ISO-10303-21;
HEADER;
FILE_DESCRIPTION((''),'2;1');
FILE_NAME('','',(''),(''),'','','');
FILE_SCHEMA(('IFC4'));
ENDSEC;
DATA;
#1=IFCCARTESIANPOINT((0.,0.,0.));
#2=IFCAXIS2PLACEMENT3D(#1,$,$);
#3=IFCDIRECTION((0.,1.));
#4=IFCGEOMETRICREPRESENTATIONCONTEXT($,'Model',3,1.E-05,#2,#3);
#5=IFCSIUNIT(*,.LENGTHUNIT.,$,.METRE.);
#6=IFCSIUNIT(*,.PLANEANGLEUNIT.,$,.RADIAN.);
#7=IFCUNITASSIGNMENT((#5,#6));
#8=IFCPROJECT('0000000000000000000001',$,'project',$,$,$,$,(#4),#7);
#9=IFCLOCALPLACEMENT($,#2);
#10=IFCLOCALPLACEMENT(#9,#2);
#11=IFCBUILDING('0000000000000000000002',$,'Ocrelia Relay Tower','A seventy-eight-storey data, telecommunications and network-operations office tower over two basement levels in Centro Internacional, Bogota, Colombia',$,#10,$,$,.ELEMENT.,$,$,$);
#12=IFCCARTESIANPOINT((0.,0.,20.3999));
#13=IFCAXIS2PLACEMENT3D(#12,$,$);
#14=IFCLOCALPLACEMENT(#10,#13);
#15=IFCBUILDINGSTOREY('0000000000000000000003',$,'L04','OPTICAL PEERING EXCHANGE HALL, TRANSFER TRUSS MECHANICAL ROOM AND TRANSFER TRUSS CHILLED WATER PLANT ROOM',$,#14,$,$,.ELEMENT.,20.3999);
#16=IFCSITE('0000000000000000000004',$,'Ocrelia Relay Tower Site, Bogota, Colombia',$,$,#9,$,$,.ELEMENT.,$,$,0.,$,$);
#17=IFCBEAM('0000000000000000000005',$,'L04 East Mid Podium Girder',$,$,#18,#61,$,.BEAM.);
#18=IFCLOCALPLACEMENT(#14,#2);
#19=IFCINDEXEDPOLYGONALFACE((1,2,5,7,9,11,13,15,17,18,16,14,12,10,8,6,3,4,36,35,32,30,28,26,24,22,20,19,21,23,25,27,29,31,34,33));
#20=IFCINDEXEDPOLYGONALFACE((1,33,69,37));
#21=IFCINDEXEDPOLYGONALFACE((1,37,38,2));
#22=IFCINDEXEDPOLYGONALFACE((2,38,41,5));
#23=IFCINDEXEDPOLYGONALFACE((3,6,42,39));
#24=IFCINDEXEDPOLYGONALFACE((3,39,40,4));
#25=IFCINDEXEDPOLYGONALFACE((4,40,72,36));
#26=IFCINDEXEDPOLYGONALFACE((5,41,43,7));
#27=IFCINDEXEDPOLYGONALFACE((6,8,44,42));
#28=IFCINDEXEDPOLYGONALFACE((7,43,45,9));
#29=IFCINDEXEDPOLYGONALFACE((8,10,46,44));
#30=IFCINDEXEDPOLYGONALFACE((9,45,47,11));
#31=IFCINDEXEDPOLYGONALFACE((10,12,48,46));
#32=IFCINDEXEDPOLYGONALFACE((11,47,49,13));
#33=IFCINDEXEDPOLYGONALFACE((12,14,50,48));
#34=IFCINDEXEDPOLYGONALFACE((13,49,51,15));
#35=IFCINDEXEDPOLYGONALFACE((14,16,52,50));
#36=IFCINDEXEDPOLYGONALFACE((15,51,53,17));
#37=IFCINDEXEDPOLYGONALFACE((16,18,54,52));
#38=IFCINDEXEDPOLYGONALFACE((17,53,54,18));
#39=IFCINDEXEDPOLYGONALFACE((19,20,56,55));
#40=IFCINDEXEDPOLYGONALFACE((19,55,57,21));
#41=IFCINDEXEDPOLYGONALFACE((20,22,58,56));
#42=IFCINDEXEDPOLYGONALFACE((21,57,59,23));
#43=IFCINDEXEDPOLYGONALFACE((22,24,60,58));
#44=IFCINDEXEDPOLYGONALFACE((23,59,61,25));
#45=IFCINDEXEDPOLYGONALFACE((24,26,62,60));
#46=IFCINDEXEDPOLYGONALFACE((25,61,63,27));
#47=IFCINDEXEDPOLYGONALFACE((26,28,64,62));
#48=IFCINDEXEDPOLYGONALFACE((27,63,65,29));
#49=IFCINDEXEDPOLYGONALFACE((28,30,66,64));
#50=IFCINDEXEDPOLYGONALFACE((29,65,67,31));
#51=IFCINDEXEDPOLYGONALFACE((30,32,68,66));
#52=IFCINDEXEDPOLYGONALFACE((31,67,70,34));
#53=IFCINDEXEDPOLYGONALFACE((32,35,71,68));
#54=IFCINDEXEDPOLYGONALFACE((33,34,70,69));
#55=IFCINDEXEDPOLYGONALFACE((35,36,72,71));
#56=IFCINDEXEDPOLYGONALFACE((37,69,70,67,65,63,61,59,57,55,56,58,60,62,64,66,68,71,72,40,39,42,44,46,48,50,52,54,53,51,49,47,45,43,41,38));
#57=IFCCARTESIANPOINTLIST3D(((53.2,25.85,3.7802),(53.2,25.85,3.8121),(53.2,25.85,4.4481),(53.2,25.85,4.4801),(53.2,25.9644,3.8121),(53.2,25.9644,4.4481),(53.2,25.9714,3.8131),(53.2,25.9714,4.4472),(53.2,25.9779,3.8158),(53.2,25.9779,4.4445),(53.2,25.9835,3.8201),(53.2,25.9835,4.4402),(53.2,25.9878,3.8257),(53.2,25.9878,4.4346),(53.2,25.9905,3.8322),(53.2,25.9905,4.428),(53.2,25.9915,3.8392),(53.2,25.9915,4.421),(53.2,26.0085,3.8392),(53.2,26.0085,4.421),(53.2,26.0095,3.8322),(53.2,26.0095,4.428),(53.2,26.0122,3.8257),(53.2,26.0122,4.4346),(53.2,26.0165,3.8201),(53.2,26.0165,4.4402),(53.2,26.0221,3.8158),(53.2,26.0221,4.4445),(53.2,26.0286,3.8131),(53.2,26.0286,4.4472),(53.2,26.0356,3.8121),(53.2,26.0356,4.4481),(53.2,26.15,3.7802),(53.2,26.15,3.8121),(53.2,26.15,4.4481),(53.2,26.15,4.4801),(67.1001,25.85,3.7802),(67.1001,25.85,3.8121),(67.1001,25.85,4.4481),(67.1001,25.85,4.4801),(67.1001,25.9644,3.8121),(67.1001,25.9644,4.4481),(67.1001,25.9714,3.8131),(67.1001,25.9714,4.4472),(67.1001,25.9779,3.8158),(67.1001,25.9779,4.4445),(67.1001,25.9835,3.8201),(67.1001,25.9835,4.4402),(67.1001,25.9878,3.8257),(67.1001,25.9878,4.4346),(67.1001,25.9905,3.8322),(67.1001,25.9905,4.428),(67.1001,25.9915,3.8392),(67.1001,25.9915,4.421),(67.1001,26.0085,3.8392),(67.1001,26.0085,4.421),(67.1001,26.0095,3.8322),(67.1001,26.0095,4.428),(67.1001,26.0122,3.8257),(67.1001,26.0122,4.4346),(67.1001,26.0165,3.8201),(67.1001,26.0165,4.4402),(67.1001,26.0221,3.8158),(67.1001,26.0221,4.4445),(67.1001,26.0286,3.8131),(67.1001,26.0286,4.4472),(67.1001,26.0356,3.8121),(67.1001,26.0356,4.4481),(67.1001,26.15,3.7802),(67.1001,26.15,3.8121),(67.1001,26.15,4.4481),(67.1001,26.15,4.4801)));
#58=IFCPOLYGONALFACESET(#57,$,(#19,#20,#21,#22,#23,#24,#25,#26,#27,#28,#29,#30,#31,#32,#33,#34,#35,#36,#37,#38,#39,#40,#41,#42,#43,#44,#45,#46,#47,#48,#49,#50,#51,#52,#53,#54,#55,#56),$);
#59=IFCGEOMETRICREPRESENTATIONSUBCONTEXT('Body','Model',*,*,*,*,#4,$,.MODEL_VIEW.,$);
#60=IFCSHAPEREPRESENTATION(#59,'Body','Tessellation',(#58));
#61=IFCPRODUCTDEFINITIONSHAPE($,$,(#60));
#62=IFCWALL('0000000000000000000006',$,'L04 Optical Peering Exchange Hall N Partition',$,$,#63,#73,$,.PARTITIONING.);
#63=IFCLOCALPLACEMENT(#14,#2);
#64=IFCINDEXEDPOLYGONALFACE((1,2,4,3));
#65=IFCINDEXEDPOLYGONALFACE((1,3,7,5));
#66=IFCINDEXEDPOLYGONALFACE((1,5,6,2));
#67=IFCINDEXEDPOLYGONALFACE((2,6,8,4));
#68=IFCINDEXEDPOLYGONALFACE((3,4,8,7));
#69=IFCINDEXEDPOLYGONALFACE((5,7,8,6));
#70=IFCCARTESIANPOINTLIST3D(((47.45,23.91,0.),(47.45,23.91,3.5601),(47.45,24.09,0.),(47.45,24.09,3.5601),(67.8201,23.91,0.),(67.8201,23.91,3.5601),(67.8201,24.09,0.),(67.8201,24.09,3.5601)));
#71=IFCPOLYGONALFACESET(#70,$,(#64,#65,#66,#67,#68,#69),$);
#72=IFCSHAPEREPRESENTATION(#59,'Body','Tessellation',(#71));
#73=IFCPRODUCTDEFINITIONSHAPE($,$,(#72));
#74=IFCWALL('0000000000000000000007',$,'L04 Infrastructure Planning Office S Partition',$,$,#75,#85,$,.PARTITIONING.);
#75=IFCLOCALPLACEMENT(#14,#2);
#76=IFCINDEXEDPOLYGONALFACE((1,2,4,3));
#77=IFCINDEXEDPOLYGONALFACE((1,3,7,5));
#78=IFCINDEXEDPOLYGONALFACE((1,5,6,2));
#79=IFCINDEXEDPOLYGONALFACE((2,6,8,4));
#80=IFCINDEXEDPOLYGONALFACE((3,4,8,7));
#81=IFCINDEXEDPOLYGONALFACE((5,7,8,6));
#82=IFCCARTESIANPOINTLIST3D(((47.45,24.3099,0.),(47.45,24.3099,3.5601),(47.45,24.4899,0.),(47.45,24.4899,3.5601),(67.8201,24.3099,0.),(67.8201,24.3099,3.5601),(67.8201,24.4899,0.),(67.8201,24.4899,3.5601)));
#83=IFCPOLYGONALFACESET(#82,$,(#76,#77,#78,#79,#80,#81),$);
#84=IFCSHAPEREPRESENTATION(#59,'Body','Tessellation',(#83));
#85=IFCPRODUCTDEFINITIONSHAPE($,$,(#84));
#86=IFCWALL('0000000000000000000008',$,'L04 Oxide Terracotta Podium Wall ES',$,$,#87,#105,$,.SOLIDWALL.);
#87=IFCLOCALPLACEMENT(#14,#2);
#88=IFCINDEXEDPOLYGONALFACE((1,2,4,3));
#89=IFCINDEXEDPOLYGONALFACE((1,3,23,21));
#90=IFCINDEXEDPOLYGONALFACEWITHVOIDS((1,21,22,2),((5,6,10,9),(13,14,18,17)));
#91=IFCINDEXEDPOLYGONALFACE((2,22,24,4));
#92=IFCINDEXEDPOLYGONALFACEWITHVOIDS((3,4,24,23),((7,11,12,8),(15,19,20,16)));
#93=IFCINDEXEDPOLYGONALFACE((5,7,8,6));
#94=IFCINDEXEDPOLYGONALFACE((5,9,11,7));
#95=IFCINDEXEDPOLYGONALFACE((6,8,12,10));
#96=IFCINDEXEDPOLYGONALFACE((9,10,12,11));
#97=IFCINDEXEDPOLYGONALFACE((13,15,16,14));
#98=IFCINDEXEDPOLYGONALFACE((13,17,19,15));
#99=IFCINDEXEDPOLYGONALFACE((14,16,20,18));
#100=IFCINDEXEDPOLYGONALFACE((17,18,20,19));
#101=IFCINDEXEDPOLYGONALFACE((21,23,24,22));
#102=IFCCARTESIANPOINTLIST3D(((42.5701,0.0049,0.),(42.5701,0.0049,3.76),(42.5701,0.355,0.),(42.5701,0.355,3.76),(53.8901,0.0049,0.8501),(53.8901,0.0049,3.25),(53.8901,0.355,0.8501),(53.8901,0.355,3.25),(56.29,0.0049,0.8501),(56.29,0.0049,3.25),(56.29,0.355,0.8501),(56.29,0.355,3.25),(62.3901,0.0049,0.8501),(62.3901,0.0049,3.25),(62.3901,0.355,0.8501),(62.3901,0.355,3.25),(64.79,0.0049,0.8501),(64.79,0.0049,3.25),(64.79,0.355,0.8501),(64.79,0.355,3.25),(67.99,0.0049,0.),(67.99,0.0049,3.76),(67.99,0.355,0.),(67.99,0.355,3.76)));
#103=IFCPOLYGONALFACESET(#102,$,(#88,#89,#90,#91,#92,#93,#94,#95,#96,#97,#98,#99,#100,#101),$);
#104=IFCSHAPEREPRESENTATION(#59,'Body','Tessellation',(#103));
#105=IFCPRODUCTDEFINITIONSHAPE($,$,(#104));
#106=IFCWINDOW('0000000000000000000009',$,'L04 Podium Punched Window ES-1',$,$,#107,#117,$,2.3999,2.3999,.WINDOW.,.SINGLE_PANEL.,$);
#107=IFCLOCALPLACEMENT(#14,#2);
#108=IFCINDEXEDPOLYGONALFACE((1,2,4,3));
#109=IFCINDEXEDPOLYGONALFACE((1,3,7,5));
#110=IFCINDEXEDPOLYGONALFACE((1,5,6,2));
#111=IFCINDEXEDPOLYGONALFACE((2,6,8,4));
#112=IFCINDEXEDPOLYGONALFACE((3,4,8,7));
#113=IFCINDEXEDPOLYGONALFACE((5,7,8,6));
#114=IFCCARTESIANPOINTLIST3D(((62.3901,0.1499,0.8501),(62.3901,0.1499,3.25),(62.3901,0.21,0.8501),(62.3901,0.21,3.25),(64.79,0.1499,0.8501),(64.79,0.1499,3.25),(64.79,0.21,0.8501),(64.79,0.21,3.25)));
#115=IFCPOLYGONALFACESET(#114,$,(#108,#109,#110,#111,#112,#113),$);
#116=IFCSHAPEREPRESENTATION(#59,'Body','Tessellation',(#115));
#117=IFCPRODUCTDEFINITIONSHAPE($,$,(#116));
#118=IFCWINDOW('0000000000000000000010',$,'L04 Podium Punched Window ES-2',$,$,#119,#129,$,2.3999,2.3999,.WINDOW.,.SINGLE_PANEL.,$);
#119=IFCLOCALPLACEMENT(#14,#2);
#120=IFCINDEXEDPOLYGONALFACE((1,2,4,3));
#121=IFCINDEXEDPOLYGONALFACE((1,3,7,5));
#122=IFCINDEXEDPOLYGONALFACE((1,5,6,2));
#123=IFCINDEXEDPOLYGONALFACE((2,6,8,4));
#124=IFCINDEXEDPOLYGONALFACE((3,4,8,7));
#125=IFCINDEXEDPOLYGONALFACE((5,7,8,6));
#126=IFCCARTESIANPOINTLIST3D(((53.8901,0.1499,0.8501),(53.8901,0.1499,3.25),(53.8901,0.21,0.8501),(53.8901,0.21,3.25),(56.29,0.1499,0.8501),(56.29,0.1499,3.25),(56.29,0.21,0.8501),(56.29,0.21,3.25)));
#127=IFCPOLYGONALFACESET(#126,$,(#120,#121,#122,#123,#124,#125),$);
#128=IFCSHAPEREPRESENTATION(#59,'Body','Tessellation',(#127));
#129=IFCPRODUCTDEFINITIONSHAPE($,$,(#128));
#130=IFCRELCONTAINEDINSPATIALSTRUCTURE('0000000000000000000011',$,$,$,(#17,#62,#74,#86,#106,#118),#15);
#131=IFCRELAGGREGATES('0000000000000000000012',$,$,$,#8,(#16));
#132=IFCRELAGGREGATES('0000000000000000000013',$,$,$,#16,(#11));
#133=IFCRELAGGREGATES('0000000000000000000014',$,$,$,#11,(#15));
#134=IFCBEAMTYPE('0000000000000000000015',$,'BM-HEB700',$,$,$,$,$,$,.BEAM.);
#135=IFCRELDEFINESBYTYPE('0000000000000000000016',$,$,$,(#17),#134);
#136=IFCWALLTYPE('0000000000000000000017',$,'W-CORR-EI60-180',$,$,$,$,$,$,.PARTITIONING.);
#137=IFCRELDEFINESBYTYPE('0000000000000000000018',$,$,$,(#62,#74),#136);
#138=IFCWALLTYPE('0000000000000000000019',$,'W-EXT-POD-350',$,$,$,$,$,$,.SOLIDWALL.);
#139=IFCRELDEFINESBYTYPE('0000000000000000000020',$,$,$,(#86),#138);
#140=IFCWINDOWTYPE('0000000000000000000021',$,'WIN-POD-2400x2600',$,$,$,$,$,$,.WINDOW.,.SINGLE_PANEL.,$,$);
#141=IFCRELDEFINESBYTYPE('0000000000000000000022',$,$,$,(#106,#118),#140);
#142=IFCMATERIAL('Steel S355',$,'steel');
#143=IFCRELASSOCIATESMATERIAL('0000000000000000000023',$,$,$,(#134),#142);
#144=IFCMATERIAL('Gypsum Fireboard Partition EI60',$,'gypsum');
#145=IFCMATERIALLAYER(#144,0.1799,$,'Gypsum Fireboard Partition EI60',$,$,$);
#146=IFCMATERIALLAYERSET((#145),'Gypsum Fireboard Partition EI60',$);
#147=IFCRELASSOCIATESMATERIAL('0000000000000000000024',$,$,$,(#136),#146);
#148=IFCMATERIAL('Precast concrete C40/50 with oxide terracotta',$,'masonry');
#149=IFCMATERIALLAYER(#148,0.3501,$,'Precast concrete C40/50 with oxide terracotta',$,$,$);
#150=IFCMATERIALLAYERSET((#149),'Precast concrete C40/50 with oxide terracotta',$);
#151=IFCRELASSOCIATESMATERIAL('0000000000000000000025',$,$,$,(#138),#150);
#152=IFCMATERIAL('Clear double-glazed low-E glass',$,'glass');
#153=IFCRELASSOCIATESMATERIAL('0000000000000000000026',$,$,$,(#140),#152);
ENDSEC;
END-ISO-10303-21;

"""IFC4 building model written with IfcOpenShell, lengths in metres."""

from ifc_helpers import new_model, si_unit, direction, frame, frame_2d, origin, origin_2d, place, context, subcontext, project, spatial, rectangle, i_section, extrude, material, layer, layer_set, material_profile, profile_set, type_object, element, fill, save


model = new_model("IFC4")

# Units and contexts
model_context = context("Model", 3, precision=1e-05, world=origin(), true_north=direction((0.0, 1.0)))
body_context = subcontext(model_context, "Body", "Model", "MODEL_VIEW")
ifc_project = project(units=[si_unit("LENGTHUNIT", "METRE"), si_unit("PLANEANGLEUNIT", "RADIAN")], contexts=[model_context])

# Site, building, storey
site_placement = place(None, origin())
site = spatial("IfcSite", under=ifc_project, at=site_placement, Name="Ocrelia Relay Tower Site, Bogota, Colombia", CompositionType="ELEMENT", RefElevation=0.0)
building_placement = place(site_placement, origin())
building = spatial("IfcBuilding", under=site, at=building_placement, Name="Ocrelia Relay Tower", Description="A seventy-eight-storey data, telecommunications and network-operations office tower over two basement levels in Centro Internacional, Bogota, Colombia", CompositionType="ELEMENT")
storey_placement = place(building_placement, frame((0.0, 0.0, 20.3999)))
storey = spatial("IfcBuildingStorey", under=building, at=storey_placement, Name="L04", Description="OPTICAL PEERING EXCHANGE HALL, TRANSFER TRUSS MECHANICAL ROOM AND TRANSFER TRUSS CHILLED WATER PLANT ROOM", CompositionType="ELEMENT", Elevation=20.3999)

# Beam
ifc_material_1 = material(Name="Steel S355", Category="steel")
ifc_material_profile_1 = material_profile(ifc_material_1, i_section(OverallWidth=0.3, OverallDepth=0.7, WebThickness=0.0171, FlangeThickness=0.032, FilletRadius=0.0271, at=origin_2d()), Name="HEB 700")
ifc_profile_set_1 = profile_set([ifc_material_profile_1], Name="Steel S355")
beam_type_1 = type_object("IfcBeamType", Name="BM-HEB700", PredefinedType="BEAM", material=ifc_profile_set_1)
for number, where, z_axis, x_axis, name in (
    (1, (53.2, 26.0, 4.1301), (1.0, 0.0, 0.0), (0.0, 1.0, 0.0), "L04 East Mid Podium Girder"),
):
    element("IfcBeam", number, at=place(storey_placement, frame(where, z_axis=z_axis, x_axis=x_axis)), inside=storey, type_object=beam_type_1, Name=name, PredefinedType="BEAM", context=body_context, shape_type="SweptSolid", body=[
        extrude(i_section(OverallWidth=0.3, OverallDepth=0.7, WebThickness=0.0171, FlangeThickness=0.032, FilletRadius=0.0271, at=origin_2d()), origin(), (0.0, 0.0, 1.0), 13.9001),
    ])

# Walls
ifc_material_2 = material(Name="Gypsum Fireboard Partition EI60", Category="gypsum")
ifc_layer_1 = layer(ifc_material_2, 0.1799, Name="Gypsum Fireboard Partition EI60")
ifc_layer_set_1 = layer_set([ifc_layer_1], Name="Gypsum Fireboard Partition EI60")
wall_type_1 = type_object("IfcWallType", Name="W-CORR-EI60-180", PredefinedType="PARTITIONING", material=ifc_layer_set_1)
for number, where, z_axis, x_axis, name in (
    (2, (67.8201, 24.0, 0.0), (0.0, 0.0, 1.0), (-1.0, 0.0, 0.0), "L04 Optical Peering Exchange Hall N Partition"),
    (3, (47.45, 24.3999, 0.0), (0.0, 0.0, 1.0), (1.0, 0.0, 0.0), "L04 Infrastructure Planning Office S Partition"),
):
    element("IfcWall", number, at=place(storey_placement, frame(where, z_axis=z_axis, x_axis=x_axis)), inside=storey, type_object=wall_type_1, Name=name, PredefinedType="PARTITIONING", context=body_context, shape_type="SweptSolid", body=[
        extrude(rectangle(XDim=20.3701, YDim=0.1799, at=frame_2d((10.1851, 0.0))), origin(), (0.0, 0.0, 1.0), 3.5601),
    ])

# Wall, openings, windows
ifc_material_3 = material(Name="Precast concrete C40/50 with oxide terracotta", Category="masonry")
ifc_layer_2 = layer(ifc_material_3, 0.3501, Name="Precast concrete C40/50 with oxide terracotta")
ifc_layer_set_2 = layer_set([ifc_layer_2], Name="Precast concrete C40/50 with oxide terracotta")
wall_type_2 = type_object("IfcWallType", Name="W-EXT-POD-350", PredefinedType="SOLIDWALL", material=ifc_layer_set_2)
wall_placement = place(storey_placement, frame((67.99, 0.1799, 0.0), z_axis=(0.0, 0.0, 1.0), x_axis=(-1.0, 0.0, 0.0)))
wall = element("IfcWall", 4, at=wall_placement, inside=storey, type_object=wall_type_2, Name="L04 Oxide Terracotta Podium Wall ES", PredefinedType="SOLIDWALL", context=body_context, shape_type="SweptSolid", body=[
    extrude(rectangle(XDim=25.4199, YDim=0.3501, at=frame_2d((12.71, 0.0))), origin(), (0.0, 0.0, 1.0), 3.76),
])
opening_1_placement = place(wall_placement, frame((3.2, 0.0, 0.8501)))
opening_1 = element("IfcOpeningElement", 5, at=opening_1_placement, cuts=wall, PredefinedType="OPENING", context=body_context, shape_type="SweptSolid", body=[
    extrude(rectangle(XDim=2.3999, YDim=2.3999, at=frame_2d((1.2, 1.2))), frame((0.0, 0.1851, 0.0), z_axis=(0.0, -1.0, 0.0), x_axis=(1.0, 0.0, 0.0)), (0.0, 0.0, 1.0), 0.3701),
])
opening_2_placement = place(wall_placement, frame((11.7, 0.0, 0.8501)))
opening_2 = element("IfcOpeningElement", 6, at=opening_2_placement, cuts=wall, PredefinedType="OPENING", context=body_context, shape_type="SweptSolid", body=[
    extrude(rectangle(XDim=2.3999, YDim=2.3999, at=frame_2d((1.2, 1.2))), frame((0.0, 0.1851, 0.0), z_axis=(0.0, -1.0, 0.0), x_axis=(1.0, 0.0, 0.0)), (0.0, 0.0, 1.0), 0.3701),
])
ifc_material_4 = material(Name="Clear double-glazed low-E glass", Category="glass")
window_type = type_object("IfcWindowType", Name="WIN-POD-2400x2600", PartitioningType="SINGLE_PANEL", PredefinedType="WINDOW", material=ifc_material_4)
window_1_placement = place(opening_1_placement, origin())
window_1 = element("IfcWindow", 7, at=window_1_placement, inside=storey, type_object=window_type, Name="L04 Podium Punched Window ES-1", OverallHeight=2.3999, OverallWidth=2.3999, PartitioningType="SINGLE_PANEL", PredefinedType="WINDOW", context=body_context, shape_type="SweptSolid", body=[
    extrude(rectangle(XDim=2.3999, YDim=2.3999, at=frame_2d((1.2, 1.2))), frame((0.0, 0.03, 0.0), z_axis=(0.0, -1.0, 0.0), x_axis=(1.0, 0.0, 0.0)), (0.0, 0.0, 1.0), 0.0601),
])
fill(opening_1, window_1)
window_2_placement = place(opening_2_placement, origin())
window_2 = element("IfcWindow", 8, at=window_2_placement, inside=storey, type_object=window_type, Name="L04 Podium Punched Window ES-2", OverallHeight=2.3999, OverallWidth=2.3999, PartitioningType="SINGLE_PANEL", PredefinedType="WINDOW", context=body_context, shape_type="SweptSolid", body=[
    extrude(rectangle(XDim=2.3999, YDim=2.3999, at=frame_2d((1.2, 1.2))), frame((0.0, 0.03, 0.0), z_axis=(0.0, -1.0, 0.0), x_axis=(1.0, 0.0, 0.0)), (0.0, 0.0, 1.0), 0.0601),
])
fill(opening_2, window_2)

save(model, "model.ifc")
